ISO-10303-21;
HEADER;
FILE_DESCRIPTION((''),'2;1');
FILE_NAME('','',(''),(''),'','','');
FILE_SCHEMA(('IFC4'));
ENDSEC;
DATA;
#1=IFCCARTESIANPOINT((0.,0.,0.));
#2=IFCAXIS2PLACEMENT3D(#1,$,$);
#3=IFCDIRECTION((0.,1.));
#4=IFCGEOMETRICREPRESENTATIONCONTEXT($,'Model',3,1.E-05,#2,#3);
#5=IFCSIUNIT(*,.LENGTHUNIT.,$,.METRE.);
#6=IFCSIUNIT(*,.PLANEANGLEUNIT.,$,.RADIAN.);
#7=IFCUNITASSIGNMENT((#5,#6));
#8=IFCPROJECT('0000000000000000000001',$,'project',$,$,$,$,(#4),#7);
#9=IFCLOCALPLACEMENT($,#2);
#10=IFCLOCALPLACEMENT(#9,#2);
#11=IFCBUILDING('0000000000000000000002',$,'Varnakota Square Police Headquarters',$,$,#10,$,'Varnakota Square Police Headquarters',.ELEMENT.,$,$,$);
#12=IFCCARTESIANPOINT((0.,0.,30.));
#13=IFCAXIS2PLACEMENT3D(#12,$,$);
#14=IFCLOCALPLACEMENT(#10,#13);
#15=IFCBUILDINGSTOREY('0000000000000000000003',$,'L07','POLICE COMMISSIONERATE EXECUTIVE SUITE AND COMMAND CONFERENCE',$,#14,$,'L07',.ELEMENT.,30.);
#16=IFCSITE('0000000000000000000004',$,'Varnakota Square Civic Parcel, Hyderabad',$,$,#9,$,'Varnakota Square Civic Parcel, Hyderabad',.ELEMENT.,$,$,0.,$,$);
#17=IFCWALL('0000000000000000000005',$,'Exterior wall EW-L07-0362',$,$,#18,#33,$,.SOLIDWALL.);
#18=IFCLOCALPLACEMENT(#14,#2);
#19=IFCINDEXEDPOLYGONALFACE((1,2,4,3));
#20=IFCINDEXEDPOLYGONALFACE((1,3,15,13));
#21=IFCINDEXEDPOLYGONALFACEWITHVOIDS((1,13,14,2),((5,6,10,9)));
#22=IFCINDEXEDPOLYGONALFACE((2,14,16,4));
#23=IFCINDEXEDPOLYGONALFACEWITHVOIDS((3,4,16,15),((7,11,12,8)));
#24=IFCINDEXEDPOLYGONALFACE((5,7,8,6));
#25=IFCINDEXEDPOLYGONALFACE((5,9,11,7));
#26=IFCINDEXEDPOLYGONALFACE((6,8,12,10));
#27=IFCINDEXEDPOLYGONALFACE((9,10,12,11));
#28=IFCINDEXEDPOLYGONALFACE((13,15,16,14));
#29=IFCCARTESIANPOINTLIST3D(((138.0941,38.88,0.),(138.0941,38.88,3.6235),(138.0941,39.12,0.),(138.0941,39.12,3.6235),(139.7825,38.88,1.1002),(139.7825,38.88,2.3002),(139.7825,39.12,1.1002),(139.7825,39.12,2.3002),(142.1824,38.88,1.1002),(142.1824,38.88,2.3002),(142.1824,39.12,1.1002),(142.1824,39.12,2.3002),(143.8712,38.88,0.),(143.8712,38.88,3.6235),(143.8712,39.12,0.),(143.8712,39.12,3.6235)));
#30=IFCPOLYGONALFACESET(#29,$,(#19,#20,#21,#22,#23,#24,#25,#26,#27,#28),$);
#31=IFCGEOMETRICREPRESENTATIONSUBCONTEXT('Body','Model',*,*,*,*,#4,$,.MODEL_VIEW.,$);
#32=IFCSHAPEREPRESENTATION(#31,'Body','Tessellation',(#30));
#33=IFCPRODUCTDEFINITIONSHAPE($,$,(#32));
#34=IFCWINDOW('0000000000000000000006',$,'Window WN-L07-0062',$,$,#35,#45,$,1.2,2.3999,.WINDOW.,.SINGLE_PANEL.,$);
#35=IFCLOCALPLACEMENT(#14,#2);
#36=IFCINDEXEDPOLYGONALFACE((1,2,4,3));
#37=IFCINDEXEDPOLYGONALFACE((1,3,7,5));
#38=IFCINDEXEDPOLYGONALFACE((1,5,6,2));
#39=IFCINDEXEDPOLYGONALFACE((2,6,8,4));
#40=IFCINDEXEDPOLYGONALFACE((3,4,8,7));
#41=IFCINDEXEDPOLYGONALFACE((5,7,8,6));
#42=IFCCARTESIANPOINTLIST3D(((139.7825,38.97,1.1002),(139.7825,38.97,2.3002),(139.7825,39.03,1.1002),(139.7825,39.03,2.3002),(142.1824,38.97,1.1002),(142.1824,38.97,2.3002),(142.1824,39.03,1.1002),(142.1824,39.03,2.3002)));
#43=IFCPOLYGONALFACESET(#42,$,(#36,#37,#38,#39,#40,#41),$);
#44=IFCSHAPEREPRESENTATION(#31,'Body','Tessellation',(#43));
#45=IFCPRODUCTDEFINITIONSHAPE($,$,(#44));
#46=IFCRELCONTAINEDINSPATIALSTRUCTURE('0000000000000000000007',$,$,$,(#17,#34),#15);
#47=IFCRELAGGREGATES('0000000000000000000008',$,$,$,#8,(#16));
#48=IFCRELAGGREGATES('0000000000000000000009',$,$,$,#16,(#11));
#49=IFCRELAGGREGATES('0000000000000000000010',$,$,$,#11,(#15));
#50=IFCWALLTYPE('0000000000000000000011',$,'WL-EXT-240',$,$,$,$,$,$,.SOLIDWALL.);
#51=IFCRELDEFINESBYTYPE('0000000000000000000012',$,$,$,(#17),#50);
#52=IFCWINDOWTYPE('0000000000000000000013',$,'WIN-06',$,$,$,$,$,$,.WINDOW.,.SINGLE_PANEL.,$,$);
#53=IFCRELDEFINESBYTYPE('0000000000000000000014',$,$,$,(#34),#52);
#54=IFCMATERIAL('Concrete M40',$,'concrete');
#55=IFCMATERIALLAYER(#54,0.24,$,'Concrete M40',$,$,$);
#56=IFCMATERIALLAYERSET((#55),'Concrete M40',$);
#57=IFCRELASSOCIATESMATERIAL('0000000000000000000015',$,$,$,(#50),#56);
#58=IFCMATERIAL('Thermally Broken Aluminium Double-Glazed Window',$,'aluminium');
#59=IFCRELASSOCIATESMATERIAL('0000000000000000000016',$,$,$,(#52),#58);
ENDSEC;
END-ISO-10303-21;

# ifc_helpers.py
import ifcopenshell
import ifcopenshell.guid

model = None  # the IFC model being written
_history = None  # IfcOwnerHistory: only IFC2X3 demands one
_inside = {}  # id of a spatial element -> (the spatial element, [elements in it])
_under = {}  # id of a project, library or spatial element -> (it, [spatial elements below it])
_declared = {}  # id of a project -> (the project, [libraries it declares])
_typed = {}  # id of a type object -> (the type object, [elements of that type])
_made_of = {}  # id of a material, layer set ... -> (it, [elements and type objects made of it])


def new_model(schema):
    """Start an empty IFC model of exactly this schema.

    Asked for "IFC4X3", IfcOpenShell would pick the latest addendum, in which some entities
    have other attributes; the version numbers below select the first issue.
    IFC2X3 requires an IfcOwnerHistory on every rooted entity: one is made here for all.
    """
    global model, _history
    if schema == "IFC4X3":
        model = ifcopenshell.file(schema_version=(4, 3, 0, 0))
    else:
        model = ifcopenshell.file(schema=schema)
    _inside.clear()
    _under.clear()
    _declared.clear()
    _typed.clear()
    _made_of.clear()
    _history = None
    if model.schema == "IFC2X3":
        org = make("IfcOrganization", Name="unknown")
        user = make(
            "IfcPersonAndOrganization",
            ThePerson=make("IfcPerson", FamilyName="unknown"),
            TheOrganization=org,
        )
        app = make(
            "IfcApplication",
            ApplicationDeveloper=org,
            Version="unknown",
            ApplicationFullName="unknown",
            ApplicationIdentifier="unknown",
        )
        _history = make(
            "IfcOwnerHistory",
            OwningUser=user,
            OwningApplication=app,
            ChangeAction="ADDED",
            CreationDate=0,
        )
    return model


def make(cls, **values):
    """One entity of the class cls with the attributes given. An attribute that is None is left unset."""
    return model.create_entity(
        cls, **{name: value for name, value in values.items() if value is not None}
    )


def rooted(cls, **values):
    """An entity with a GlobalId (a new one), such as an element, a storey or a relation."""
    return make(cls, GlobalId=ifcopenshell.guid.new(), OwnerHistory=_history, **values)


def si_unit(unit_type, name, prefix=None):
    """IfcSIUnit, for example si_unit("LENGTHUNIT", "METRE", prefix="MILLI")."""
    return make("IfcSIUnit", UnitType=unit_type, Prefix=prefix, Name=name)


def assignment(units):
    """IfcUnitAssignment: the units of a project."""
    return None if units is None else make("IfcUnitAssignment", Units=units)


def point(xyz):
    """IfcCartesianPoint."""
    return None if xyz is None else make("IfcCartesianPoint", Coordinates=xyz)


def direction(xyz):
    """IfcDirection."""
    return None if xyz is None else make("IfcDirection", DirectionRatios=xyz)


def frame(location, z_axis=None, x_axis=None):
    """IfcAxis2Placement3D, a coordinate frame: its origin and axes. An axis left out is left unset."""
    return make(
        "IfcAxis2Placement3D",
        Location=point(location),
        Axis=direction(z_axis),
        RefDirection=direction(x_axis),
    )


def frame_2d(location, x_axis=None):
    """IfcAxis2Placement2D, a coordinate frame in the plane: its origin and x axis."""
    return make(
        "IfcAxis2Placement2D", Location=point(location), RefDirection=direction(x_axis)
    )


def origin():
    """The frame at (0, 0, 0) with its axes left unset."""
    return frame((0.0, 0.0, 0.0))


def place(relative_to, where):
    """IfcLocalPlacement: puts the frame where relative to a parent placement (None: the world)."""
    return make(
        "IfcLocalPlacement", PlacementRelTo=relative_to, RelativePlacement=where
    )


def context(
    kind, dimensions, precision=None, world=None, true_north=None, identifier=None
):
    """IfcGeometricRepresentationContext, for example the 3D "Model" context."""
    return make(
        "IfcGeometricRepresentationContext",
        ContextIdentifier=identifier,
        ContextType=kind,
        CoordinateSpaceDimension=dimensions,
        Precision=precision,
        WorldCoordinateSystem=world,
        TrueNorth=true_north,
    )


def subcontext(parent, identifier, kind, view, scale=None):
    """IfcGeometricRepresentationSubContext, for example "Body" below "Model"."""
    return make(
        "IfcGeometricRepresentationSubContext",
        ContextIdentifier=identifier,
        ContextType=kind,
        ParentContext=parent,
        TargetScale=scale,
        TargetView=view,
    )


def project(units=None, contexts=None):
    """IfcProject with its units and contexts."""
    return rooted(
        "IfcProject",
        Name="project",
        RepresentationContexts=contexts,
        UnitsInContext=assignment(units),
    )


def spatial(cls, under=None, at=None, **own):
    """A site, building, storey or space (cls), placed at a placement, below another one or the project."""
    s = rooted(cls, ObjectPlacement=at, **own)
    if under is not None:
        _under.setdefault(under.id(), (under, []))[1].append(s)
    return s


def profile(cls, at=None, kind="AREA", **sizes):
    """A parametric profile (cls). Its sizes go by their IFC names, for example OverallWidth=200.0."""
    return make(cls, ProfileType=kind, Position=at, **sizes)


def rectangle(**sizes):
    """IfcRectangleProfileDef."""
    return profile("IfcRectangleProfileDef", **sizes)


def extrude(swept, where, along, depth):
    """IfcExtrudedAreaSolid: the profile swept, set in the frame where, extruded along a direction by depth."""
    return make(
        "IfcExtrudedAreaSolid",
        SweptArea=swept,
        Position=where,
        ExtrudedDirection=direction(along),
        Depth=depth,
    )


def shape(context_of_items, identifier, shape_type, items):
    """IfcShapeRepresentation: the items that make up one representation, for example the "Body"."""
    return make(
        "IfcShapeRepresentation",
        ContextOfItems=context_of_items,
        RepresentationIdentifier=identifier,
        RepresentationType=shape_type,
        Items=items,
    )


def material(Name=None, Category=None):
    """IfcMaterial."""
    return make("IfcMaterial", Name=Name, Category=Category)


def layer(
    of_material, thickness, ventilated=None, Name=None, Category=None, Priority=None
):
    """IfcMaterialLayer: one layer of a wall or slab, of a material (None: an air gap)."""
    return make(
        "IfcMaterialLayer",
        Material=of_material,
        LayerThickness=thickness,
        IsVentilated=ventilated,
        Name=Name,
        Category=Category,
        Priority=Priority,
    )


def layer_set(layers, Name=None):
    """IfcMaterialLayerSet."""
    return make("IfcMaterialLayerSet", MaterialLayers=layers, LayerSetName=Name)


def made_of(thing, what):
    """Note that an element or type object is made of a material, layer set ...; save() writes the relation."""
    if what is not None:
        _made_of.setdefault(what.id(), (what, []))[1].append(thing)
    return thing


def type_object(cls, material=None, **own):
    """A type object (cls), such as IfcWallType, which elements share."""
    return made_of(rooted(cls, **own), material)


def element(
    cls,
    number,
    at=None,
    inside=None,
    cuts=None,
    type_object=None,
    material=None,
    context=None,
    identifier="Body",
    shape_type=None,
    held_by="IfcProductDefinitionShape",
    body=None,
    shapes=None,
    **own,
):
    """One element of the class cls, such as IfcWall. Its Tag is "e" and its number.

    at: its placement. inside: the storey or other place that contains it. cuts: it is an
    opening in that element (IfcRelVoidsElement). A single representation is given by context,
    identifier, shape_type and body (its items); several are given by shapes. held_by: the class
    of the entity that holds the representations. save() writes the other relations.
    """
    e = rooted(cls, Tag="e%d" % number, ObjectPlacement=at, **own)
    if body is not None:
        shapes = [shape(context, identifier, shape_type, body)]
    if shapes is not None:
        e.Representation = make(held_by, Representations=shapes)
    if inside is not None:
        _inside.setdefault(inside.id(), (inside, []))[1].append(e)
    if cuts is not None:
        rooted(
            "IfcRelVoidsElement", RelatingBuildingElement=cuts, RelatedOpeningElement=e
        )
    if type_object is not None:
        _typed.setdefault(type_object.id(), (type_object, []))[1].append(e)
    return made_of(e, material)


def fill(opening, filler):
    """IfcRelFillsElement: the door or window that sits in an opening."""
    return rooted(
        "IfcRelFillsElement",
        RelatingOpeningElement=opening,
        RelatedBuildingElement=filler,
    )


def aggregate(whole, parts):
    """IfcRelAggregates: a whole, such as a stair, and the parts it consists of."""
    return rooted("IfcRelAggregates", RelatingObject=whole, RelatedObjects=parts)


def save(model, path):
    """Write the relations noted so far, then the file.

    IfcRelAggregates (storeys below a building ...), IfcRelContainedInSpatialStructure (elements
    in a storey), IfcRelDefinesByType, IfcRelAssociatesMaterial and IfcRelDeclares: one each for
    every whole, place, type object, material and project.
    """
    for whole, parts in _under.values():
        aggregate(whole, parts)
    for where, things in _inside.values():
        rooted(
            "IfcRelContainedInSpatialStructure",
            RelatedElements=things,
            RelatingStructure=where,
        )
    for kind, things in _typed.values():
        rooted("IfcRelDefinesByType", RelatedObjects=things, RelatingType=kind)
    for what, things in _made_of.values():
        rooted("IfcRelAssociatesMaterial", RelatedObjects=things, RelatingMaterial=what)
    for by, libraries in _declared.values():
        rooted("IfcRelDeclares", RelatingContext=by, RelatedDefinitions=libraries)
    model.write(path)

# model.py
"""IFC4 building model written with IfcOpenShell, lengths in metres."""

from ifc_helpers import new_model, si_unit, direction, frame, frame_2d, origin, place, context, subcontext, project, spatial, rectangle, extrude, material, layer, layer_set, type_object, element, fill, save


model = new_model("IFC4")

# Units and contexts
model_context = context("Model", 3, precision=1e-05, world=origin(), true_north=direction((0.0, 1.0)))
body_context = subcontext(model_context, "Body", "Model", "MODEL_VIEW")
ifc_project = project(units=[si_unit("LENGTHUNIT", "METRE"), si_unit("PLANEANGLEUNIT", "RADIAN")], contexts=[model_context])

# Site, building, storey
site_placement = place(None, origin())
site = spatial("IfcSite", under=ifc_project, at=site_placement, Name="Varnakota Square Civic Parcel, Hyderabad", LongName="Varnakota Square Civic Parcel, Hyderabad", CompositionType="ELEMENT", RefElevation=0.0)
building_placement = place(site_placement, origin())
building = spatial("IfcBuilding", under=site, at=building_placement, Name="Varnakota Square Police Headquarters", LongName="Varnakota Square Police Headquarters", CompositionType="ELEMENT")
storey_placement = place(building_placement, frame((0.0, 0.0, 30.0)))
storey = spatial("IfcBuildingStorey", under=building, at=storey_placement, Name="L07", Description="POLICE COMMISSIONERATE EXECUTIVE SUITE AND COMMAND CONFERENCE", LongName="L07", CompositionType="ELEMENT", Elevation=30.0)

# Wall, opening, window
ifc_material_1 = material(Name="Concrete M40", Category="concrete")
ifc_layer_1 = layer(ifc_material_1, 0.24, Name="Concrete M40")
ifc_layer_set_1 = layer_set([ifc_layer_1], Name="Concrete M40")
wall_type_1 = type_object("IfcWallType", Name="WL-EXT-240", PredefinedType="SOLIDWALL", material=ifc_layer_set_1)
wall_1_placement = place(storey_placement, frame((138.094, 39.0, 0.0), z_axis=(0.0, 0.0, 1.0), x_axis=(1.0, 0.0, 0.0)))
wall_1 = element("IfcWall", 1, at=wall_1_placement, inside=storey, type_object=wall_type_1, Name="Exterior wall EW-L07-0362", PredefinedType="SOLIDWALL", context=body_context, shape_type="SweptSolid", body=[
    extrude(rectangle(XDim=5.7771, YDim=0.24, at=frame_2d((2.8887, 0.0))), origin(), (0.0, 0.0, 1.0), 3.6235),
])
opening_placement = place(wall_1_placement, frame((1.6885, 0.0, 1.1001)))
opening = element("IfcOpeningElement", 2, at=opening_placement, cuts=wall_1, PredefinedType="OPENING", context=body_context, shape_type="SweptSolid", body=[
    extrude(rectangle(XDim=2.3999, YDim=1.2, at=frame_2d((1.2, 0.6001))), frame((0.0, 0.1299, 0.0), z_axis=(0.0, -1.0, 0.0), x_axis=(1.0, 0.0, 0.0)), (0.0, 0.0, 1.0), 0.26),
])
ifc_material_2 = material(Name="Thermally Broken Aluminium Double-Glazed Window", Category="aluminium")
window_type = type_object("IfcWindowType", Name="WIN-06", PartitioningType="SINGLE_PANEL", PredefinedType="WINDOW", material=ifc_material_2)
window_placement = place(opening_placement, origin())
window = element("IfcWindow", 3, at=window_placement, inside=storey, type_object=window_type, Name="Window WN-L07-0062", OverallHeight=1.2, OverallWidth=2.3999, PartitioningType="SINGLE_PANEL", PredefinedType="WINDOW", context=body_context, shape_type="SweptSolid", body=[
    extrude(rectangle(XDim=2.3999, YDim=1.2, at=frame_2d((1.2, 0.6001))), frame((0.0, 0.03, 0.0), z_axis=(0.0, -1.0, 0.0), x_axis=(1.0, 0.0, 0.0)), (0.0, 0.0, 1.0), 0.0601),
])
fill(opening, window)

save(model, "model.ifc")
